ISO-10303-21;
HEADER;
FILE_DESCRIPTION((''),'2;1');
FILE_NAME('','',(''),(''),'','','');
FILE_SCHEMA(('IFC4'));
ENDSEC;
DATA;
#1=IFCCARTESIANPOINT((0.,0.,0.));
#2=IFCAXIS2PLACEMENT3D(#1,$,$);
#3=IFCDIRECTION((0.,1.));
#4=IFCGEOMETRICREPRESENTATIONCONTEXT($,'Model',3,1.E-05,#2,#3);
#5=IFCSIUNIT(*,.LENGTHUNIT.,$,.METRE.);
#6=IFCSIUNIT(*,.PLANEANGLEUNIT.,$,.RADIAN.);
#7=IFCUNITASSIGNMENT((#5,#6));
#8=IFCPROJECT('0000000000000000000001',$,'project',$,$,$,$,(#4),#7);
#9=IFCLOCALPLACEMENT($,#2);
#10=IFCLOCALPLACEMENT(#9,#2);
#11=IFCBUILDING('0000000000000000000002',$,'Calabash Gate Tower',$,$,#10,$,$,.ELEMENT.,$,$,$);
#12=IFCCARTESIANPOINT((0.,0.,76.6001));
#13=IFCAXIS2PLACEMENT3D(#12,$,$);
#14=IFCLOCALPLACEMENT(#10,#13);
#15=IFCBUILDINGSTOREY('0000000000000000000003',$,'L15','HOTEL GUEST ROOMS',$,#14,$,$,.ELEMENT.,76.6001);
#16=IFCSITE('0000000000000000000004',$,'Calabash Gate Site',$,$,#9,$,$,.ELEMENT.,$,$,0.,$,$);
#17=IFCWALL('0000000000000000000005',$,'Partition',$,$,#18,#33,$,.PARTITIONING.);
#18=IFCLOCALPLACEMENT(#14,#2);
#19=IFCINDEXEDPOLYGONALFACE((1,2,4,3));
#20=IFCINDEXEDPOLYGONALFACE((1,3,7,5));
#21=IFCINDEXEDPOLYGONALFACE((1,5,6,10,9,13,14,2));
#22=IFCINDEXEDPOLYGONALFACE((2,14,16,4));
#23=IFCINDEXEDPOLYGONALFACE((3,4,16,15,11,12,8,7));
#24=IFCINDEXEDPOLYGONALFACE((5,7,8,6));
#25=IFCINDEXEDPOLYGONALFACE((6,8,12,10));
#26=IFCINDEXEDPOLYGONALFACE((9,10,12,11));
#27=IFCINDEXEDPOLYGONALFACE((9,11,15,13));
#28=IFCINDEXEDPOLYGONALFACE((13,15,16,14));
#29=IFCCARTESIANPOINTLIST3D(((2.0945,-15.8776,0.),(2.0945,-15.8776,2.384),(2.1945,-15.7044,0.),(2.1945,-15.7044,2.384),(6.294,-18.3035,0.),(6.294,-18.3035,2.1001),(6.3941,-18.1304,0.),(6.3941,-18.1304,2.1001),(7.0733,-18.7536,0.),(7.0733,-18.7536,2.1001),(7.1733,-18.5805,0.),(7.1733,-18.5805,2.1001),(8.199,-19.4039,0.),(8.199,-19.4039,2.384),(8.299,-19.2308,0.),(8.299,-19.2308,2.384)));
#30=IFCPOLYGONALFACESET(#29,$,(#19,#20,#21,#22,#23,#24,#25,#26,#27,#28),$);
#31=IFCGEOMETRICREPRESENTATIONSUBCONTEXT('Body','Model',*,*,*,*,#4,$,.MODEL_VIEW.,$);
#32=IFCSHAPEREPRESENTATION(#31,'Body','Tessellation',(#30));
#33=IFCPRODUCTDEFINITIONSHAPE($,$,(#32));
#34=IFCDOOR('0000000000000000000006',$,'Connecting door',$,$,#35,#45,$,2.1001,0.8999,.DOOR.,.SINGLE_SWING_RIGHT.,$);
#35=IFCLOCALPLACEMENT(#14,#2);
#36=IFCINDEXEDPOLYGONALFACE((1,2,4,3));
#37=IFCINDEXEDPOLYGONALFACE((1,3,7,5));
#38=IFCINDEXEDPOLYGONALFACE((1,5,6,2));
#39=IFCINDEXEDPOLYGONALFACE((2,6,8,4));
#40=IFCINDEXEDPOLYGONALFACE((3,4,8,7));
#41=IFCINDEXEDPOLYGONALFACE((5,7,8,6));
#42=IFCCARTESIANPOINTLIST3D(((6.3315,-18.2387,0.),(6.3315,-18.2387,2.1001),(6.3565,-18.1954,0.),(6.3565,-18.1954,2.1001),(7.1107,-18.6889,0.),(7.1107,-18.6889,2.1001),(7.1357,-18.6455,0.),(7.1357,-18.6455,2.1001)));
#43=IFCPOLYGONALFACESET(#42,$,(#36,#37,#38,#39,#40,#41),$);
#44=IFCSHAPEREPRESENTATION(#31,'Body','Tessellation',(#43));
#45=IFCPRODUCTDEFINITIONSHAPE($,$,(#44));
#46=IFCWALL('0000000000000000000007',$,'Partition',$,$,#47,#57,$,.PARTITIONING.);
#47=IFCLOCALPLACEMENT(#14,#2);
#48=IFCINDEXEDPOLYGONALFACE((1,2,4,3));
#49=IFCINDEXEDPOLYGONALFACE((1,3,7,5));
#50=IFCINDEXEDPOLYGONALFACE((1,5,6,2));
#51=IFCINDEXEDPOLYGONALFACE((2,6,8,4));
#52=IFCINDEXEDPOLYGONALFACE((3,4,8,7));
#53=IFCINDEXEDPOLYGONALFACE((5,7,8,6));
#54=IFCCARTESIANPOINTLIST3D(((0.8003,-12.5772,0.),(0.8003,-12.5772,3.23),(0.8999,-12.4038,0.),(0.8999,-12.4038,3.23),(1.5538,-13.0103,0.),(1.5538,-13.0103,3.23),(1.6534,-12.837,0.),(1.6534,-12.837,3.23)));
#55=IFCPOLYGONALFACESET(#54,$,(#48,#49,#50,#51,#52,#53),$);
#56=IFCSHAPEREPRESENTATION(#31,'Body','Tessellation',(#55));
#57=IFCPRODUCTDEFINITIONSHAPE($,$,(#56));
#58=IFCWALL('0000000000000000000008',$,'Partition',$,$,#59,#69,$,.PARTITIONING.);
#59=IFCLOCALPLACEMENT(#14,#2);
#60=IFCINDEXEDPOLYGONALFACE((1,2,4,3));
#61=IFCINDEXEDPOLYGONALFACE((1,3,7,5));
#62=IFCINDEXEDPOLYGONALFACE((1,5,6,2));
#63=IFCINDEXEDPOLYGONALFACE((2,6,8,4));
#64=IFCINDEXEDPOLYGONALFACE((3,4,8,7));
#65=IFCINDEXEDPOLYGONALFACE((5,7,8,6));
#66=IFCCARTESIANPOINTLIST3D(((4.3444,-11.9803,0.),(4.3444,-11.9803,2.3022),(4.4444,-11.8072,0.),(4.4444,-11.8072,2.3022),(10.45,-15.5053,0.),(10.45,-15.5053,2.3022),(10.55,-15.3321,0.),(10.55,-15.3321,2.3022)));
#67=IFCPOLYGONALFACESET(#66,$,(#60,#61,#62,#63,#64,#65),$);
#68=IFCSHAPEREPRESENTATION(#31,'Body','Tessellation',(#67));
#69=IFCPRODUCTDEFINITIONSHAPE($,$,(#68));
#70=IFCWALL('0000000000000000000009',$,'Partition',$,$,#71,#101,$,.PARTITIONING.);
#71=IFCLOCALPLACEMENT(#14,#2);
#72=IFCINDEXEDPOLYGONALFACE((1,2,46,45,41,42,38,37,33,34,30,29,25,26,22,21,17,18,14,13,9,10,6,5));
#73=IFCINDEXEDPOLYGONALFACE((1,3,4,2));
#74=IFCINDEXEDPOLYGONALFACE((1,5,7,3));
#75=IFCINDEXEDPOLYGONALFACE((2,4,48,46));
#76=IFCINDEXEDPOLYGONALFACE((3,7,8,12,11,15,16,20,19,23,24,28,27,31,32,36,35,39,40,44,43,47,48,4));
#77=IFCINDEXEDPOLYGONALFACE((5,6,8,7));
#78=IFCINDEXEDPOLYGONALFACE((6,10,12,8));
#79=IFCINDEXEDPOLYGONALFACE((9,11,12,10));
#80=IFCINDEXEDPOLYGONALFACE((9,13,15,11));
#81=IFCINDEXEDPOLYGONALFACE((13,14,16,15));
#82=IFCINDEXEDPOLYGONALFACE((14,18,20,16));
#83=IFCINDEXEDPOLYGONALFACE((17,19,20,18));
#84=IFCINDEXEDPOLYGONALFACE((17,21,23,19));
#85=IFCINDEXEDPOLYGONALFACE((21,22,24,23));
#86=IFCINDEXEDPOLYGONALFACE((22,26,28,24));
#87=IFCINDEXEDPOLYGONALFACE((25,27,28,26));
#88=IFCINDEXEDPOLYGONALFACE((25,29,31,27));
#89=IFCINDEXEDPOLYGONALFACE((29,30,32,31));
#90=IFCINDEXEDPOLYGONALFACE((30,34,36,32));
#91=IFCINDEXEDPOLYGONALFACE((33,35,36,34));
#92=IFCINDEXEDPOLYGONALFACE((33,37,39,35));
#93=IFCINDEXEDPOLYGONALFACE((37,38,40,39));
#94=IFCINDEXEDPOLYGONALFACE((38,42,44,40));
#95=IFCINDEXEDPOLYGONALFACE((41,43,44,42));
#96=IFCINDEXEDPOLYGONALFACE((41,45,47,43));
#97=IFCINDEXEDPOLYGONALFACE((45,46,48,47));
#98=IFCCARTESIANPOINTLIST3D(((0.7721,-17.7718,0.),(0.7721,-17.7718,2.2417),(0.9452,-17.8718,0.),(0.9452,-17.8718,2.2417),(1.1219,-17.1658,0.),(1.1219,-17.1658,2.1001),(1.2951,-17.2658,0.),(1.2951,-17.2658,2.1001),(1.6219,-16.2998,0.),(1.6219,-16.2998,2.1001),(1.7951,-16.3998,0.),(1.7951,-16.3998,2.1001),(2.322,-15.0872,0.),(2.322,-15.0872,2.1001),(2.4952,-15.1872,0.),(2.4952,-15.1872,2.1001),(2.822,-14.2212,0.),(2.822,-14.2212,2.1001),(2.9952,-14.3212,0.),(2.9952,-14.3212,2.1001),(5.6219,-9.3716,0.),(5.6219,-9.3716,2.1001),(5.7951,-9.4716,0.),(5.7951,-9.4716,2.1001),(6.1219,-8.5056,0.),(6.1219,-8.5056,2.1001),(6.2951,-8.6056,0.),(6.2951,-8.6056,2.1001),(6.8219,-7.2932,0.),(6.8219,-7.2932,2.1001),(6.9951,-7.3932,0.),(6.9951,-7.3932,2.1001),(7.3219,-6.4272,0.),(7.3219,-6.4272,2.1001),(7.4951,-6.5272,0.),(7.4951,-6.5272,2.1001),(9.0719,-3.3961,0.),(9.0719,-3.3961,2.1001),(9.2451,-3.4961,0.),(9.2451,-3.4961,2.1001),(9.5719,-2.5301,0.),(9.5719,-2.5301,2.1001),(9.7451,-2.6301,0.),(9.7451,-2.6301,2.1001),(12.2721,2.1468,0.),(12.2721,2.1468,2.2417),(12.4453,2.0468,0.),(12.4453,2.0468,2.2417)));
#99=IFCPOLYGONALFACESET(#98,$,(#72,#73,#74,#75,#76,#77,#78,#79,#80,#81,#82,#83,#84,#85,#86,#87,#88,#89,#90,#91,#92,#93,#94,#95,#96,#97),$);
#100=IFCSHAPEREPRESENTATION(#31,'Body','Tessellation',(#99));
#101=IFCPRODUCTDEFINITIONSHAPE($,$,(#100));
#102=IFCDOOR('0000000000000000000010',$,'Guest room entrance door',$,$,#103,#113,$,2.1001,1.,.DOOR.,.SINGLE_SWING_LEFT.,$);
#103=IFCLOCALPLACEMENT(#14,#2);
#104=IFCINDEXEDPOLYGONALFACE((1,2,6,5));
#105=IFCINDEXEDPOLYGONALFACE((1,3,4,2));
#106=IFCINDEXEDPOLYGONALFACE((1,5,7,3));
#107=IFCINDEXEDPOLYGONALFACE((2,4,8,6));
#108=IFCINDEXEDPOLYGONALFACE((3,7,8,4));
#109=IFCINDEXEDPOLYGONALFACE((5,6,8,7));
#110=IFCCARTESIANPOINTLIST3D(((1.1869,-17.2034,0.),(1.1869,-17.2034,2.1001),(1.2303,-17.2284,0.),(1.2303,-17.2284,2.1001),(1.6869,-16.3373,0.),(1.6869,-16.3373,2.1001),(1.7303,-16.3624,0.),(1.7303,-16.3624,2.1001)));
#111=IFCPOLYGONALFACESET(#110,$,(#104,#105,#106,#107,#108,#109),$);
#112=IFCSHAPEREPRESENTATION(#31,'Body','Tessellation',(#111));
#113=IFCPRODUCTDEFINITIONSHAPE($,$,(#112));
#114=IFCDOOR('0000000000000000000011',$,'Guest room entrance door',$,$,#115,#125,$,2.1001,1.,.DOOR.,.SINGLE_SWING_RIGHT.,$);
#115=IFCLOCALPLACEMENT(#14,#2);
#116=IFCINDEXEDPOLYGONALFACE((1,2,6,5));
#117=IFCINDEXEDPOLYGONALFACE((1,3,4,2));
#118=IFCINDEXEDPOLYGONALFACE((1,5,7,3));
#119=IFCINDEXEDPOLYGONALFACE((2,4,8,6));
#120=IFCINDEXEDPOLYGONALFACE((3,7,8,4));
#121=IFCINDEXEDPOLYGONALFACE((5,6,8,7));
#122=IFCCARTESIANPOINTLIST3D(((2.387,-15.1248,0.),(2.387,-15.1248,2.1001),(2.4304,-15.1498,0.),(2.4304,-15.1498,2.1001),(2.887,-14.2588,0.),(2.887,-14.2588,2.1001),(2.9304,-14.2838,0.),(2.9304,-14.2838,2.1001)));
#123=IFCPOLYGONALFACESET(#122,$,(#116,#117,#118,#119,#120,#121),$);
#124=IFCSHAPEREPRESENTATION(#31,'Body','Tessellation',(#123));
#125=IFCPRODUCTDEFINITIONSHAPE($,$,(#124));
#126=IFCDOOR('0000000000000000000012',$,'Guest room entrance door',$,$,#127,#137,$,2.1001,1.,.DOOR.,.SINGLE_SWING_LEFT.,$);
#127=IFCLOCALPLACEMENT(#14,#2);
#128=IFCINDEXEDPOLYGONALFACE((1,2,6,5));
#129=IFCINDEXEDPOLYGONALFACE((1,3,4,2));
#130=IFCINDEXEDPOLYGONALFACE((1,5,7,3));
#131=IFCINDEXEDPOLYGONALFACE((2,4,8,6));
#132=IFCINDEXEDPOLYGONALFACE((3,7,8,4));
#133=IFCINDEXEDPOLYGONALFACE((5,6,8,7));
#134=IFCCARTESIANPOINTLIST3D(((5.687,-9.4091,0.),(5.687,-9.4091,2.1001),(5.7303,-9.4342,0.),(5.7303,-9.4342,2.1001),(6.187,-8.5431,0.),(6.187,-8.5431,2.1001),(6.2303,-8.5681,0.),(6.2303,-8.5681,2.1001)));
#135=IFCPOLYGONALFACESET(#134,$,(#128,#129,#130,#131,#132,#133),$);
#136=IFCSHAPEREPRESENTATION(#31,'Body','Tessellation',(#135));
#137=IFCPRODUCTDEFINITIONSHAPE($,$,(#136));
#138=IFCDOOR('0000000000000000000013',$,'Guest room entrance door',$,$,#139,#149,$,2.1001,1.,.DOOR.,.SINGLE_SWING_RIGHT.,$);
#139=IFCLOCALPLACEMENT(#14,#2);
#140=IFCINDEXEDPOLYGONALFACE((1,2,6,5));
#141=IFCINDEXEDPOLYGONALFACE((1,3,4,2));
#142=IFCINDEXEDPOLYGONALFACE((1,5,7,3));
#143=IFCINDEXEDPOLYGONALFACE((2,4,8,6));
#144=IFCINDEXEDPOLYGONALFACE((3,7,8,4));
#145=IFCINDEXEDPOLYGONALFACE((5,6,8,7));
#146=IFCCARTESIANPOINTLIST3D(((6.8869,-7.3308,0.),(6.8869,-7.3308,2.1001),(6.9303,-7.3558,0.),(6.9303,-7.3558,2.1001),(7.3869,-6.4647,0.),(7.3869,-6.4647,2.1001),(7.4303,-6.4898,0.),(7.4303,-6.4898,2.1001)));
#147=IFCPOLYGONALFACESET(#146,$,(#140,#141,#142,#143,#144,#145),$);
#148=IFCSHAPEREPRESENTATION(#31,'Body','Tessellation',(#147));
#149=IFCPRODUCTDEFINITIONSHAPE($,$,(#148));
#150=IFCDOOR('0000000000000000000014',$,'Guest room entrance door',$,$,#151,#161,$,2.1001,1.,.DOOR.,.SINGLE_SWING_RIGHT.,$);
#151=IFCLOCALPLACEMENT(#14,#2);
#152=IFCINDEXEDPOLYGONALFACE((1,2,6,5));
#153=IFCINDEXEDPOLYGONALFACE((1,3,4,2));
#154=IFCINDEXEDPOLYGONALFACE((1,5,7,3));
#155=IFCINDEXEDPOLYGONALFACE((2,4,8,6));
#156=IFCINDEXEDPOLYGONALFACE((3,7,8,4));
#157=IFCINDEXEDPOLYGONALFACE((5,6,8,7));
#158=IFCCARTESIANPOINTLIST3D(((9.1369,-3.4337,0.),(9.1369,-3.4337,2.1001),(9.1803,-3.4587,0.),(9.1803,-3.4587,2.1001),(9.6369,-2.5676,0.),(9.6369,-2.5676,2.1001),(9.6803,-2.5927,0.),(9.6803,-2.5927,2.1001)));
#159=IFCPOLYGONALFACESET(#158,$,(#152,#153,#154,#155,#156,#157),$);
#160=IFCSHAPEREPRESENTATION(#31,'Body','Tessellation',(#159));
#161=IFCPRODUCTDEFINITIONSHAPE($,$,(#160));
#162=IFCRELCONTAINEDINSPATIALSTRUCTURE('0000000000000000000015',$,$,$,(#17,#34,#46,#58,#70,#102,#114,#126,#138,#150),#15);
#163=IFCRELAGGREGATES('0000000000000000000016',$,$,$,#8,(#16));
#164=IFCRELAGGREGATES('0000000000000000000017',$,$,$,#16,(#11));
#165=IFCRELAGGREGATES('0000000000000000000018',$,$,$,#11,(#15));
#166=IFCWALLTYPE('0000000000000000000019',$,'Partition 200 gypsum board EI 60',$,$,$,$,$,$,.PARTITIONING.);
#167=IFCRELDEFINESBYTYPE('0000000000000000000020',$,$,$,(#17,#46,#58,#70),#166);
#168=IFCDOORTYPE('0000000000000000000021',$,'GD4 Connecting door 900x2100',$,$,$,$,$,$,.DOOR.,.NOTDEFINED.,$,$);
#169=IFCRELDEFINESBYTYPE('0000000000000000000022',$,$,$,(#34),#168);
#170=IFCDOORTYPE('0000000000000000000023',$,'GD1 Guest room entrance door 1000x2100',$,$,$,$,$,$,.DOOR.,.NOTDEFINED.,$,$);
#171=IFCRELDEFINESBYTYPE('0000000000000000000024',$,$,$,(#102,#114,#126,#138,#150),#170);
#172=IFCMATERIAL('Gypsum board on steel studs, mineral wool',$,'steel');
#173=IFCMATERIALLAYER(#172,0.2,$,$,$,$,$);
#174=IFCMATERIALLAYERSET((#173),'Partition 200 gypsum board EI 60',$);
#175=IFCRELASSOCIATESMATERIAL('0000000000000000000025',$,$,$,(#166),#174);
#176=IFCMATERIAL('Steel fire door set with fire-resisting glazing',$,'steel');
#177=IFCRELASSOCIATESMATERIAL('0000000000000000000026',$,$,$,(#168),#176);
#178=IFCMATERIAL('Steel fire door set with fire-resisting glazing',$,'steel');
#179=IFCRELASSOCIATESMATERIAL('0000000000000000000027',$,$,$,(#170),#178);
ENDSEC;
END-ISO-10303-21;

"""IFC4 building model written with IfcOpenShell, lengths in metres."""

from ifc_helpers import new_model, si_unit, direction, frame, frame_2d, origin, place, context, subcontext, project, spatial, rectangle, extrude, material, layer, layer_set, type_object, element, fill, save


model = new_model("IFC4")

# Units and contexts
model_context = context("Model", 3, precision=1e-05, world=origin(), true_north=direction((0.0, 1.0)))
body_context = subcontext(model_context, "Body", "Model", "MODEL_VIEW")
ifc_project = project(units=[si_unit("LENGTHUNIT", "METRE"), si_unit("PLANEANGLEUNIT", "RADIAN")], contexts=[model_context])

# Site, building, storey
site_placement = place(None, origin())
site = spatial("IfcSite", under=ifc_project, at=site_placement, Name="Calabash Gate Site", CompositionType="ELEMENT", RefElevation=0.0)
building_placement = place(site_placement, origin())
building = spatial("IfcBuilding", under=site, at=building_placement, Name="Calabash Gate Tower", CompositionType="ELEMENT")
storey_placement = place(building_placement, frame((0.0, 0.0, 76.6001)))
storey = spatial("IfcBuildingStorey", under=building, at=storey_placement, Name="L15", Description="HOTEL GUEST ROOMS", CompositionType="ELEMENT", Elevation=76.6001)

# Shared definitions
ifc_material_1 = material(Name="Gypsum board on steel studs, mineral wool", Category="steel")
ifc_layer_1 = layer(ifc_material_1, 0.2)
ifc_layer_set_1 = layer_set([ifc_layer_1], Name="Partition 200 gypsum board EI 60")
wall_type_1 = type_object("IfcWallType", Name="Partition 200 gypsum board EI 60", PredefinedType="PARTITIONING", material=ifc_layer_set_1)

# Wall, opening, door
wall_1_placement = place(storey_placement, frame((2.1445, -15.791, 0.0), z_axis=(0.0, 0.0, 1.0), x_axis=(0.865906, -0.500206, 0.0)))
wall_1 = element("IfcWall", 1, at=wall_1_placement, inside=storey, type_object=wall_type_1, Name="Partition", PredefinedType="PARTITIONING", context=body_context, shape_type="SweptSolid", body=[
    extrude(rectangle(XDim=7.0498, YDim=0.2, at=frame_2d((3.5249, 0.0))), origin(), (0.0, 0.0, 1.0), 2.384),
])
opening_1_placement = place(wall_1_placement, frame((4.8499, 0.0, 0.0)))
opening_1 = element("IfcOpeningElement", 2, at=opening_1_placement, cuts=wall_1, PredefinedType="OPENING", context=body_context, shape_type="SweptSolid", body=[
    extrude(rectangle(XDim=0.8999, YDim=2.1001, at=frame_2d((0.45, 1.05))), frame((0.0, 0.1099, 0.0), z_axis=(0.0, -1.0, 0.0), x_axis=(1.0, 0.0, 0.0)), (0.0, 0.0, 1.0), 0.22),
])
ifc_material_2 = material(Name="Steel fire door set with fire-resisting glazing", Category="steel")
door_type_1 = type_object("IfcDoorType", Name="GD4 Connecting door 900x2100", OperationType="NOTDEFINED", PredefinedType="DOOR", material=ifc_material_2)
door_1_placement = place(opening_1_placement, origin())
door_1 = element("IfcDoor", 3, at=door_1_placement, inside=storey, type_object=door_type_1, Name="Connecting door", OperationType="SINGLE_SWING_RIGHT", OverallHeight=2.1001, OverallWidth=0.8999, PredefinedType="DOOR", context=body_context, shape_type="SweptSolid", body=[
    extrude(rectangle(XDim=0.8999, YDim=2.1001, at=frame_2d((0.45, 1.05))), frame((0.0, 0.0249, 0.0), z_axis=(0.0, -1.0, 0.0), x_axis=(1.0, 0.0, 0.0)), (0.0, 0.0, 1.0), 0.05),
])
fill(opening_1, door_1)

# Walls
wall_2_placement = place(storey_placement, frame((0.8501, -12.4905, 0.0), z_axis=(0.0, 0.0, 1.0), x_axis=(0.866961, -0.498376, 0.0)))
element("IfcWall", 4, at=wall_2_placement, inside=storey, type_object=wall_type_1, Name="Partition", PredefinedType="PARTITIONING", context=body_context, shape_type="SweptSolid", body=[
    extrude(rectangle(XDim=0.8691, YDim=0.2, at=frame_2d((0.4346, 0.0))), origin(), (0.0, 0.0, 1.0), 3.23),
])
wall_3_placement = place(storey_placement, frame((4.3945, -11.8938, 0.0), z_axis=(0.0, 0.0, 1.0), x_axis=(0.866031, -0.49999, 0.0)))
element("IfcWall", 5, at=wall_3_placement, inside=storey, type_object=wall_type_1, Name="Partition", PredefinedType="PARTITIONING", context=body_context, shape_type="SweptSolid", body=[
    extrude(rectangle(XDim=7.05, YDim=0.2, at=frame_2d((3.5249, 0.0))), origin(), (0.0, 0.0, 1.0), 2.3022),
])

# Wall, openings, doors
wall_4_placement = place(storey_placement, frame((0.8586, -17.8218, 0.0), z_axis=(0.0, 0.0, 1.0), x_axis=(0.500002, 0.866024, 0.0)))
wall_4 = element("IfcWall", 6, at=wall_4_placement, inside=storey, type_object=wall_type_1, Name="Partition", PredefinedType="PARTITIONING", context=body_context, shape_type="SweptSolid", body=[
    extrude(rectangle(XDim=23.0, YDim=0.2, at=frame_2d((11.5, 0.0))), origin(), (0.0, 0.0, 1.0), 2.2417),
])
opening_2_placement = place(wall_4_placement, frame((0.6997, 0.0, 0.0)))
opening_2 = element("IfcOpeningElement", 7, at=opening_2_placement, cuts=wall_4, PredefinedType="OPENING", context=body_context, shape_type="SweptSolid", body=[
    extrude(rectangle(XDim=1.0, YDim=2.1001, at=frame_2d((0.5, 1.05))), frame((0.0, 0.1099, 0.0), z_axis=(0.0, -1.0, 0.0), x_axis=(1.0, 0.0, 0.0)), (0.0, 0.0, 1.0), 0.22),
])
opening_3_placement = place(wall_4_placement, frame((3.0999, 0.0, 0.0)))
opening_3 = element("IfcOpeningElement", 8, at=opening_3_placement, cuts=wall_4, PredefinedType="OPENING", context=body_context, shape_type="SweptSolid", body=[
    extrude(rectangle(XDim=1.0, YDim=2.1001, at=frame_2d((0.5, 1.05))), frame((0.0, 0.1099, 0.0), z_axis=(0.0, -1.0, 0.0), x_axis=(1.0, 0.0, 0.0)), (0.0, 0.0, 1.0), 0.22),
])
opening_4_placement = place(wall_4_placement, frame((9.6997, 0.0, 0.0)))
opening_4 = element("IfcOpeningElement", 9, at=opening_4_placement, cuts=wall_4, PredefinedType="OPENING", context=body_context, shape_type="SweptSolid", body=[
    extrude(rectangle(XDim=1.0, YDim=2.1001, at=frame_2d((0.5, 1.05))), frame((0.0, 0.1099, 0.0), z_axis=(0.0, -1.0, 0.0), x_axis=(1.0, 0.0, 0.0)), (0.0, 0.0, 1.0), 0.22),
])
opening_5_placement = place(wall_4_placement, frame((12.0996, 0.0, 0.0)))
opening_5 = element("IfcOpeningElement", 10, at=opening_5_placement, cuts=wall_4, PredefinedType="OPENING", context=body_context, shape_type="SweptSolid", body=[
    extrude(rectangle(XDim=1.0, YDim=2.1001, at=frame_2d((0.5, 1.05))), frame((0.0, 0.1099, 0.0), z_axis=(0.0, -1.0, 0.0), x_axis=(1.0, 0.0, 0.0)), (0.0, 0.0, 1.0), 0.22),
])
opening_6_placement = place(wall_4_placement, frame((16.5996, 0.0, 0.0)))
opening_6 = element("IfcOpeningElement", 11, at=opening_6_placement, cuts=wall_4, PredefinedType="OPENING", context=body_context, shape_type="SweptSolid", body=[
    extrude(rectangle(XDim=1.0, YDim=2.1001, at=frame_2d((0.5, 1.05))), frame((0.0, 0.1099, 0.0), z_axis=(0.0, -1.0, 0.0), x_axis=(1.0, 0.0, 0.0)), (0.0, 0.0, 1.0), 0.22),
])
ifc_material_3 = material(Name="Steel fire door set with fire-resisting glazing", Category="steel")
door_type_2 = type_object("IfcDoorType", Name="GD1 Guest room entrance door 1000x2100", OperationType="NOTDEFINED", PredefinedType="DOOR", material=ifc_material_3)
door_2_placement = place(opening_2_placement, origin())
door_2 = element("IfcDoor", 12, at=door_2_placement, inside=storey, type_object=door_type_2, Name="Guest room entrance door", OperationType="SINGLE_SWING_LEFT", OverallHeight=2.1001, OverallWidth=1.0, PredefinedType="DOOR", context=body_context, shape_type="SweptSolid", body=[
    extrude(rectangle(XDim=1.0, YDim=2.1001, at=frame_2d((0.5, 1.05))), frame((0.0, 0.0249, 0.0), z_axis=(0.0, -1.0, 0.0), x_axis=(1.0, 0.0, 0.0)), (0.0, 0.0, 1.0), 0.05),
])
fill(opening_2, door_2)
door_3_placement = place(opening_3_placement, origin())
door_3 = element("IfcDoor", 13, at=door_3_placement, inside=storey, type_object=door_type_2, Name="Guest room entrance door", OperationType="SINGLE_SWING_RIGHT", OverallHeight=2.1001, OverallWidth=1.0, PredefinedType="DOOR", context=body_context, shape_type="SweptSolid", body=[
    extrude(rectangle(XDim=1.0, YDim=2.1001, at=frame_2d((0.5, 1.05))), frame((0.0, 0.0249, 0.0), z_axis=(0.0, -1.0, 0.0), x_axis=(1.0, 0.0, 0.0)), (0.0, 0.0, 1.0), 0.05),
])
fill(opening_3, door_3)
door_4_placement = place(opening_4_placement, origin())
door_4 = element("IfcDoor", 14, at=door_4_placement, inside=storey, type_object=door_type_2, Name="Guest room entrance door", OperationType="SINGLE_SWING_LEFT", OverallHeight=2.1001, OverallWidth=1.0, PredefinedType="DOOR", context=body_context, shape_type="SweptSolid", body=[
    extrude(rectangle(XDim=1.0, YDim=2.1001, at=frame_2d((0.5, 1.05))), frame((0.0, 0.0249, 0.0), z_axis=(0.0, -1.0, 0.0), x_axis=(1.0, 0.0, 0.0)), (0.0, 0.0, 1.0), 0.05),
])
fill(opening_4, door_4)
door_5_placement = place(opening_5_placement, origin())
door_5 = element("IfcDoor", 15, at=door_5_placement, inside=storey, type_object=door_type_2, Name="Guest room entrance door", OperationType="SINGLE_SWING_RIGHT", OverallHeight=2.1001, OverallWidth=1.0, PredefinedType="DOOR", context=body_context, shape_type="SweptSolid", body=[
    extrude(rectangle(XDim=1.0, YDim=2.1001, at=frame_2d((0.5, 1.05))), frame((0.0, 0.0249, 0.0), z_axis=(0.0, -1.0, 0.0), x_axis=(1.0, 0.0, 0.0)), (0.0, 0.0, 1.0), 0.05),
])
fill(opening_5, door_5)
door_6_placement = place(opening_6_placement, origin())
door_6 = element("IfcDoor", 16, at=door_6_placement, inside=storey, type_object=door_type_2, Name="Guest room entrance door", OperationType="SINGLE_SWING_RIGHT", OverallHeight=2.1001, OverallWidth=1.0, PredefinedType="DOOR", context=body_context, shape_type="SweptSolid", body=[
    extrude(rectangle(XDim=1.0, YDim=2.1001, at=frame_2d((0.5, 1.05))), frame((0.0, 0.0249, 0.0), z_axis=(0.0, -1.0, 0.0), x_axis=(1.0, 0.0, 0.0)), (0.0, 0.0, 1.0), 0.05),
])
fill(opening_6, door_6)

save(model, "model.ifc")
